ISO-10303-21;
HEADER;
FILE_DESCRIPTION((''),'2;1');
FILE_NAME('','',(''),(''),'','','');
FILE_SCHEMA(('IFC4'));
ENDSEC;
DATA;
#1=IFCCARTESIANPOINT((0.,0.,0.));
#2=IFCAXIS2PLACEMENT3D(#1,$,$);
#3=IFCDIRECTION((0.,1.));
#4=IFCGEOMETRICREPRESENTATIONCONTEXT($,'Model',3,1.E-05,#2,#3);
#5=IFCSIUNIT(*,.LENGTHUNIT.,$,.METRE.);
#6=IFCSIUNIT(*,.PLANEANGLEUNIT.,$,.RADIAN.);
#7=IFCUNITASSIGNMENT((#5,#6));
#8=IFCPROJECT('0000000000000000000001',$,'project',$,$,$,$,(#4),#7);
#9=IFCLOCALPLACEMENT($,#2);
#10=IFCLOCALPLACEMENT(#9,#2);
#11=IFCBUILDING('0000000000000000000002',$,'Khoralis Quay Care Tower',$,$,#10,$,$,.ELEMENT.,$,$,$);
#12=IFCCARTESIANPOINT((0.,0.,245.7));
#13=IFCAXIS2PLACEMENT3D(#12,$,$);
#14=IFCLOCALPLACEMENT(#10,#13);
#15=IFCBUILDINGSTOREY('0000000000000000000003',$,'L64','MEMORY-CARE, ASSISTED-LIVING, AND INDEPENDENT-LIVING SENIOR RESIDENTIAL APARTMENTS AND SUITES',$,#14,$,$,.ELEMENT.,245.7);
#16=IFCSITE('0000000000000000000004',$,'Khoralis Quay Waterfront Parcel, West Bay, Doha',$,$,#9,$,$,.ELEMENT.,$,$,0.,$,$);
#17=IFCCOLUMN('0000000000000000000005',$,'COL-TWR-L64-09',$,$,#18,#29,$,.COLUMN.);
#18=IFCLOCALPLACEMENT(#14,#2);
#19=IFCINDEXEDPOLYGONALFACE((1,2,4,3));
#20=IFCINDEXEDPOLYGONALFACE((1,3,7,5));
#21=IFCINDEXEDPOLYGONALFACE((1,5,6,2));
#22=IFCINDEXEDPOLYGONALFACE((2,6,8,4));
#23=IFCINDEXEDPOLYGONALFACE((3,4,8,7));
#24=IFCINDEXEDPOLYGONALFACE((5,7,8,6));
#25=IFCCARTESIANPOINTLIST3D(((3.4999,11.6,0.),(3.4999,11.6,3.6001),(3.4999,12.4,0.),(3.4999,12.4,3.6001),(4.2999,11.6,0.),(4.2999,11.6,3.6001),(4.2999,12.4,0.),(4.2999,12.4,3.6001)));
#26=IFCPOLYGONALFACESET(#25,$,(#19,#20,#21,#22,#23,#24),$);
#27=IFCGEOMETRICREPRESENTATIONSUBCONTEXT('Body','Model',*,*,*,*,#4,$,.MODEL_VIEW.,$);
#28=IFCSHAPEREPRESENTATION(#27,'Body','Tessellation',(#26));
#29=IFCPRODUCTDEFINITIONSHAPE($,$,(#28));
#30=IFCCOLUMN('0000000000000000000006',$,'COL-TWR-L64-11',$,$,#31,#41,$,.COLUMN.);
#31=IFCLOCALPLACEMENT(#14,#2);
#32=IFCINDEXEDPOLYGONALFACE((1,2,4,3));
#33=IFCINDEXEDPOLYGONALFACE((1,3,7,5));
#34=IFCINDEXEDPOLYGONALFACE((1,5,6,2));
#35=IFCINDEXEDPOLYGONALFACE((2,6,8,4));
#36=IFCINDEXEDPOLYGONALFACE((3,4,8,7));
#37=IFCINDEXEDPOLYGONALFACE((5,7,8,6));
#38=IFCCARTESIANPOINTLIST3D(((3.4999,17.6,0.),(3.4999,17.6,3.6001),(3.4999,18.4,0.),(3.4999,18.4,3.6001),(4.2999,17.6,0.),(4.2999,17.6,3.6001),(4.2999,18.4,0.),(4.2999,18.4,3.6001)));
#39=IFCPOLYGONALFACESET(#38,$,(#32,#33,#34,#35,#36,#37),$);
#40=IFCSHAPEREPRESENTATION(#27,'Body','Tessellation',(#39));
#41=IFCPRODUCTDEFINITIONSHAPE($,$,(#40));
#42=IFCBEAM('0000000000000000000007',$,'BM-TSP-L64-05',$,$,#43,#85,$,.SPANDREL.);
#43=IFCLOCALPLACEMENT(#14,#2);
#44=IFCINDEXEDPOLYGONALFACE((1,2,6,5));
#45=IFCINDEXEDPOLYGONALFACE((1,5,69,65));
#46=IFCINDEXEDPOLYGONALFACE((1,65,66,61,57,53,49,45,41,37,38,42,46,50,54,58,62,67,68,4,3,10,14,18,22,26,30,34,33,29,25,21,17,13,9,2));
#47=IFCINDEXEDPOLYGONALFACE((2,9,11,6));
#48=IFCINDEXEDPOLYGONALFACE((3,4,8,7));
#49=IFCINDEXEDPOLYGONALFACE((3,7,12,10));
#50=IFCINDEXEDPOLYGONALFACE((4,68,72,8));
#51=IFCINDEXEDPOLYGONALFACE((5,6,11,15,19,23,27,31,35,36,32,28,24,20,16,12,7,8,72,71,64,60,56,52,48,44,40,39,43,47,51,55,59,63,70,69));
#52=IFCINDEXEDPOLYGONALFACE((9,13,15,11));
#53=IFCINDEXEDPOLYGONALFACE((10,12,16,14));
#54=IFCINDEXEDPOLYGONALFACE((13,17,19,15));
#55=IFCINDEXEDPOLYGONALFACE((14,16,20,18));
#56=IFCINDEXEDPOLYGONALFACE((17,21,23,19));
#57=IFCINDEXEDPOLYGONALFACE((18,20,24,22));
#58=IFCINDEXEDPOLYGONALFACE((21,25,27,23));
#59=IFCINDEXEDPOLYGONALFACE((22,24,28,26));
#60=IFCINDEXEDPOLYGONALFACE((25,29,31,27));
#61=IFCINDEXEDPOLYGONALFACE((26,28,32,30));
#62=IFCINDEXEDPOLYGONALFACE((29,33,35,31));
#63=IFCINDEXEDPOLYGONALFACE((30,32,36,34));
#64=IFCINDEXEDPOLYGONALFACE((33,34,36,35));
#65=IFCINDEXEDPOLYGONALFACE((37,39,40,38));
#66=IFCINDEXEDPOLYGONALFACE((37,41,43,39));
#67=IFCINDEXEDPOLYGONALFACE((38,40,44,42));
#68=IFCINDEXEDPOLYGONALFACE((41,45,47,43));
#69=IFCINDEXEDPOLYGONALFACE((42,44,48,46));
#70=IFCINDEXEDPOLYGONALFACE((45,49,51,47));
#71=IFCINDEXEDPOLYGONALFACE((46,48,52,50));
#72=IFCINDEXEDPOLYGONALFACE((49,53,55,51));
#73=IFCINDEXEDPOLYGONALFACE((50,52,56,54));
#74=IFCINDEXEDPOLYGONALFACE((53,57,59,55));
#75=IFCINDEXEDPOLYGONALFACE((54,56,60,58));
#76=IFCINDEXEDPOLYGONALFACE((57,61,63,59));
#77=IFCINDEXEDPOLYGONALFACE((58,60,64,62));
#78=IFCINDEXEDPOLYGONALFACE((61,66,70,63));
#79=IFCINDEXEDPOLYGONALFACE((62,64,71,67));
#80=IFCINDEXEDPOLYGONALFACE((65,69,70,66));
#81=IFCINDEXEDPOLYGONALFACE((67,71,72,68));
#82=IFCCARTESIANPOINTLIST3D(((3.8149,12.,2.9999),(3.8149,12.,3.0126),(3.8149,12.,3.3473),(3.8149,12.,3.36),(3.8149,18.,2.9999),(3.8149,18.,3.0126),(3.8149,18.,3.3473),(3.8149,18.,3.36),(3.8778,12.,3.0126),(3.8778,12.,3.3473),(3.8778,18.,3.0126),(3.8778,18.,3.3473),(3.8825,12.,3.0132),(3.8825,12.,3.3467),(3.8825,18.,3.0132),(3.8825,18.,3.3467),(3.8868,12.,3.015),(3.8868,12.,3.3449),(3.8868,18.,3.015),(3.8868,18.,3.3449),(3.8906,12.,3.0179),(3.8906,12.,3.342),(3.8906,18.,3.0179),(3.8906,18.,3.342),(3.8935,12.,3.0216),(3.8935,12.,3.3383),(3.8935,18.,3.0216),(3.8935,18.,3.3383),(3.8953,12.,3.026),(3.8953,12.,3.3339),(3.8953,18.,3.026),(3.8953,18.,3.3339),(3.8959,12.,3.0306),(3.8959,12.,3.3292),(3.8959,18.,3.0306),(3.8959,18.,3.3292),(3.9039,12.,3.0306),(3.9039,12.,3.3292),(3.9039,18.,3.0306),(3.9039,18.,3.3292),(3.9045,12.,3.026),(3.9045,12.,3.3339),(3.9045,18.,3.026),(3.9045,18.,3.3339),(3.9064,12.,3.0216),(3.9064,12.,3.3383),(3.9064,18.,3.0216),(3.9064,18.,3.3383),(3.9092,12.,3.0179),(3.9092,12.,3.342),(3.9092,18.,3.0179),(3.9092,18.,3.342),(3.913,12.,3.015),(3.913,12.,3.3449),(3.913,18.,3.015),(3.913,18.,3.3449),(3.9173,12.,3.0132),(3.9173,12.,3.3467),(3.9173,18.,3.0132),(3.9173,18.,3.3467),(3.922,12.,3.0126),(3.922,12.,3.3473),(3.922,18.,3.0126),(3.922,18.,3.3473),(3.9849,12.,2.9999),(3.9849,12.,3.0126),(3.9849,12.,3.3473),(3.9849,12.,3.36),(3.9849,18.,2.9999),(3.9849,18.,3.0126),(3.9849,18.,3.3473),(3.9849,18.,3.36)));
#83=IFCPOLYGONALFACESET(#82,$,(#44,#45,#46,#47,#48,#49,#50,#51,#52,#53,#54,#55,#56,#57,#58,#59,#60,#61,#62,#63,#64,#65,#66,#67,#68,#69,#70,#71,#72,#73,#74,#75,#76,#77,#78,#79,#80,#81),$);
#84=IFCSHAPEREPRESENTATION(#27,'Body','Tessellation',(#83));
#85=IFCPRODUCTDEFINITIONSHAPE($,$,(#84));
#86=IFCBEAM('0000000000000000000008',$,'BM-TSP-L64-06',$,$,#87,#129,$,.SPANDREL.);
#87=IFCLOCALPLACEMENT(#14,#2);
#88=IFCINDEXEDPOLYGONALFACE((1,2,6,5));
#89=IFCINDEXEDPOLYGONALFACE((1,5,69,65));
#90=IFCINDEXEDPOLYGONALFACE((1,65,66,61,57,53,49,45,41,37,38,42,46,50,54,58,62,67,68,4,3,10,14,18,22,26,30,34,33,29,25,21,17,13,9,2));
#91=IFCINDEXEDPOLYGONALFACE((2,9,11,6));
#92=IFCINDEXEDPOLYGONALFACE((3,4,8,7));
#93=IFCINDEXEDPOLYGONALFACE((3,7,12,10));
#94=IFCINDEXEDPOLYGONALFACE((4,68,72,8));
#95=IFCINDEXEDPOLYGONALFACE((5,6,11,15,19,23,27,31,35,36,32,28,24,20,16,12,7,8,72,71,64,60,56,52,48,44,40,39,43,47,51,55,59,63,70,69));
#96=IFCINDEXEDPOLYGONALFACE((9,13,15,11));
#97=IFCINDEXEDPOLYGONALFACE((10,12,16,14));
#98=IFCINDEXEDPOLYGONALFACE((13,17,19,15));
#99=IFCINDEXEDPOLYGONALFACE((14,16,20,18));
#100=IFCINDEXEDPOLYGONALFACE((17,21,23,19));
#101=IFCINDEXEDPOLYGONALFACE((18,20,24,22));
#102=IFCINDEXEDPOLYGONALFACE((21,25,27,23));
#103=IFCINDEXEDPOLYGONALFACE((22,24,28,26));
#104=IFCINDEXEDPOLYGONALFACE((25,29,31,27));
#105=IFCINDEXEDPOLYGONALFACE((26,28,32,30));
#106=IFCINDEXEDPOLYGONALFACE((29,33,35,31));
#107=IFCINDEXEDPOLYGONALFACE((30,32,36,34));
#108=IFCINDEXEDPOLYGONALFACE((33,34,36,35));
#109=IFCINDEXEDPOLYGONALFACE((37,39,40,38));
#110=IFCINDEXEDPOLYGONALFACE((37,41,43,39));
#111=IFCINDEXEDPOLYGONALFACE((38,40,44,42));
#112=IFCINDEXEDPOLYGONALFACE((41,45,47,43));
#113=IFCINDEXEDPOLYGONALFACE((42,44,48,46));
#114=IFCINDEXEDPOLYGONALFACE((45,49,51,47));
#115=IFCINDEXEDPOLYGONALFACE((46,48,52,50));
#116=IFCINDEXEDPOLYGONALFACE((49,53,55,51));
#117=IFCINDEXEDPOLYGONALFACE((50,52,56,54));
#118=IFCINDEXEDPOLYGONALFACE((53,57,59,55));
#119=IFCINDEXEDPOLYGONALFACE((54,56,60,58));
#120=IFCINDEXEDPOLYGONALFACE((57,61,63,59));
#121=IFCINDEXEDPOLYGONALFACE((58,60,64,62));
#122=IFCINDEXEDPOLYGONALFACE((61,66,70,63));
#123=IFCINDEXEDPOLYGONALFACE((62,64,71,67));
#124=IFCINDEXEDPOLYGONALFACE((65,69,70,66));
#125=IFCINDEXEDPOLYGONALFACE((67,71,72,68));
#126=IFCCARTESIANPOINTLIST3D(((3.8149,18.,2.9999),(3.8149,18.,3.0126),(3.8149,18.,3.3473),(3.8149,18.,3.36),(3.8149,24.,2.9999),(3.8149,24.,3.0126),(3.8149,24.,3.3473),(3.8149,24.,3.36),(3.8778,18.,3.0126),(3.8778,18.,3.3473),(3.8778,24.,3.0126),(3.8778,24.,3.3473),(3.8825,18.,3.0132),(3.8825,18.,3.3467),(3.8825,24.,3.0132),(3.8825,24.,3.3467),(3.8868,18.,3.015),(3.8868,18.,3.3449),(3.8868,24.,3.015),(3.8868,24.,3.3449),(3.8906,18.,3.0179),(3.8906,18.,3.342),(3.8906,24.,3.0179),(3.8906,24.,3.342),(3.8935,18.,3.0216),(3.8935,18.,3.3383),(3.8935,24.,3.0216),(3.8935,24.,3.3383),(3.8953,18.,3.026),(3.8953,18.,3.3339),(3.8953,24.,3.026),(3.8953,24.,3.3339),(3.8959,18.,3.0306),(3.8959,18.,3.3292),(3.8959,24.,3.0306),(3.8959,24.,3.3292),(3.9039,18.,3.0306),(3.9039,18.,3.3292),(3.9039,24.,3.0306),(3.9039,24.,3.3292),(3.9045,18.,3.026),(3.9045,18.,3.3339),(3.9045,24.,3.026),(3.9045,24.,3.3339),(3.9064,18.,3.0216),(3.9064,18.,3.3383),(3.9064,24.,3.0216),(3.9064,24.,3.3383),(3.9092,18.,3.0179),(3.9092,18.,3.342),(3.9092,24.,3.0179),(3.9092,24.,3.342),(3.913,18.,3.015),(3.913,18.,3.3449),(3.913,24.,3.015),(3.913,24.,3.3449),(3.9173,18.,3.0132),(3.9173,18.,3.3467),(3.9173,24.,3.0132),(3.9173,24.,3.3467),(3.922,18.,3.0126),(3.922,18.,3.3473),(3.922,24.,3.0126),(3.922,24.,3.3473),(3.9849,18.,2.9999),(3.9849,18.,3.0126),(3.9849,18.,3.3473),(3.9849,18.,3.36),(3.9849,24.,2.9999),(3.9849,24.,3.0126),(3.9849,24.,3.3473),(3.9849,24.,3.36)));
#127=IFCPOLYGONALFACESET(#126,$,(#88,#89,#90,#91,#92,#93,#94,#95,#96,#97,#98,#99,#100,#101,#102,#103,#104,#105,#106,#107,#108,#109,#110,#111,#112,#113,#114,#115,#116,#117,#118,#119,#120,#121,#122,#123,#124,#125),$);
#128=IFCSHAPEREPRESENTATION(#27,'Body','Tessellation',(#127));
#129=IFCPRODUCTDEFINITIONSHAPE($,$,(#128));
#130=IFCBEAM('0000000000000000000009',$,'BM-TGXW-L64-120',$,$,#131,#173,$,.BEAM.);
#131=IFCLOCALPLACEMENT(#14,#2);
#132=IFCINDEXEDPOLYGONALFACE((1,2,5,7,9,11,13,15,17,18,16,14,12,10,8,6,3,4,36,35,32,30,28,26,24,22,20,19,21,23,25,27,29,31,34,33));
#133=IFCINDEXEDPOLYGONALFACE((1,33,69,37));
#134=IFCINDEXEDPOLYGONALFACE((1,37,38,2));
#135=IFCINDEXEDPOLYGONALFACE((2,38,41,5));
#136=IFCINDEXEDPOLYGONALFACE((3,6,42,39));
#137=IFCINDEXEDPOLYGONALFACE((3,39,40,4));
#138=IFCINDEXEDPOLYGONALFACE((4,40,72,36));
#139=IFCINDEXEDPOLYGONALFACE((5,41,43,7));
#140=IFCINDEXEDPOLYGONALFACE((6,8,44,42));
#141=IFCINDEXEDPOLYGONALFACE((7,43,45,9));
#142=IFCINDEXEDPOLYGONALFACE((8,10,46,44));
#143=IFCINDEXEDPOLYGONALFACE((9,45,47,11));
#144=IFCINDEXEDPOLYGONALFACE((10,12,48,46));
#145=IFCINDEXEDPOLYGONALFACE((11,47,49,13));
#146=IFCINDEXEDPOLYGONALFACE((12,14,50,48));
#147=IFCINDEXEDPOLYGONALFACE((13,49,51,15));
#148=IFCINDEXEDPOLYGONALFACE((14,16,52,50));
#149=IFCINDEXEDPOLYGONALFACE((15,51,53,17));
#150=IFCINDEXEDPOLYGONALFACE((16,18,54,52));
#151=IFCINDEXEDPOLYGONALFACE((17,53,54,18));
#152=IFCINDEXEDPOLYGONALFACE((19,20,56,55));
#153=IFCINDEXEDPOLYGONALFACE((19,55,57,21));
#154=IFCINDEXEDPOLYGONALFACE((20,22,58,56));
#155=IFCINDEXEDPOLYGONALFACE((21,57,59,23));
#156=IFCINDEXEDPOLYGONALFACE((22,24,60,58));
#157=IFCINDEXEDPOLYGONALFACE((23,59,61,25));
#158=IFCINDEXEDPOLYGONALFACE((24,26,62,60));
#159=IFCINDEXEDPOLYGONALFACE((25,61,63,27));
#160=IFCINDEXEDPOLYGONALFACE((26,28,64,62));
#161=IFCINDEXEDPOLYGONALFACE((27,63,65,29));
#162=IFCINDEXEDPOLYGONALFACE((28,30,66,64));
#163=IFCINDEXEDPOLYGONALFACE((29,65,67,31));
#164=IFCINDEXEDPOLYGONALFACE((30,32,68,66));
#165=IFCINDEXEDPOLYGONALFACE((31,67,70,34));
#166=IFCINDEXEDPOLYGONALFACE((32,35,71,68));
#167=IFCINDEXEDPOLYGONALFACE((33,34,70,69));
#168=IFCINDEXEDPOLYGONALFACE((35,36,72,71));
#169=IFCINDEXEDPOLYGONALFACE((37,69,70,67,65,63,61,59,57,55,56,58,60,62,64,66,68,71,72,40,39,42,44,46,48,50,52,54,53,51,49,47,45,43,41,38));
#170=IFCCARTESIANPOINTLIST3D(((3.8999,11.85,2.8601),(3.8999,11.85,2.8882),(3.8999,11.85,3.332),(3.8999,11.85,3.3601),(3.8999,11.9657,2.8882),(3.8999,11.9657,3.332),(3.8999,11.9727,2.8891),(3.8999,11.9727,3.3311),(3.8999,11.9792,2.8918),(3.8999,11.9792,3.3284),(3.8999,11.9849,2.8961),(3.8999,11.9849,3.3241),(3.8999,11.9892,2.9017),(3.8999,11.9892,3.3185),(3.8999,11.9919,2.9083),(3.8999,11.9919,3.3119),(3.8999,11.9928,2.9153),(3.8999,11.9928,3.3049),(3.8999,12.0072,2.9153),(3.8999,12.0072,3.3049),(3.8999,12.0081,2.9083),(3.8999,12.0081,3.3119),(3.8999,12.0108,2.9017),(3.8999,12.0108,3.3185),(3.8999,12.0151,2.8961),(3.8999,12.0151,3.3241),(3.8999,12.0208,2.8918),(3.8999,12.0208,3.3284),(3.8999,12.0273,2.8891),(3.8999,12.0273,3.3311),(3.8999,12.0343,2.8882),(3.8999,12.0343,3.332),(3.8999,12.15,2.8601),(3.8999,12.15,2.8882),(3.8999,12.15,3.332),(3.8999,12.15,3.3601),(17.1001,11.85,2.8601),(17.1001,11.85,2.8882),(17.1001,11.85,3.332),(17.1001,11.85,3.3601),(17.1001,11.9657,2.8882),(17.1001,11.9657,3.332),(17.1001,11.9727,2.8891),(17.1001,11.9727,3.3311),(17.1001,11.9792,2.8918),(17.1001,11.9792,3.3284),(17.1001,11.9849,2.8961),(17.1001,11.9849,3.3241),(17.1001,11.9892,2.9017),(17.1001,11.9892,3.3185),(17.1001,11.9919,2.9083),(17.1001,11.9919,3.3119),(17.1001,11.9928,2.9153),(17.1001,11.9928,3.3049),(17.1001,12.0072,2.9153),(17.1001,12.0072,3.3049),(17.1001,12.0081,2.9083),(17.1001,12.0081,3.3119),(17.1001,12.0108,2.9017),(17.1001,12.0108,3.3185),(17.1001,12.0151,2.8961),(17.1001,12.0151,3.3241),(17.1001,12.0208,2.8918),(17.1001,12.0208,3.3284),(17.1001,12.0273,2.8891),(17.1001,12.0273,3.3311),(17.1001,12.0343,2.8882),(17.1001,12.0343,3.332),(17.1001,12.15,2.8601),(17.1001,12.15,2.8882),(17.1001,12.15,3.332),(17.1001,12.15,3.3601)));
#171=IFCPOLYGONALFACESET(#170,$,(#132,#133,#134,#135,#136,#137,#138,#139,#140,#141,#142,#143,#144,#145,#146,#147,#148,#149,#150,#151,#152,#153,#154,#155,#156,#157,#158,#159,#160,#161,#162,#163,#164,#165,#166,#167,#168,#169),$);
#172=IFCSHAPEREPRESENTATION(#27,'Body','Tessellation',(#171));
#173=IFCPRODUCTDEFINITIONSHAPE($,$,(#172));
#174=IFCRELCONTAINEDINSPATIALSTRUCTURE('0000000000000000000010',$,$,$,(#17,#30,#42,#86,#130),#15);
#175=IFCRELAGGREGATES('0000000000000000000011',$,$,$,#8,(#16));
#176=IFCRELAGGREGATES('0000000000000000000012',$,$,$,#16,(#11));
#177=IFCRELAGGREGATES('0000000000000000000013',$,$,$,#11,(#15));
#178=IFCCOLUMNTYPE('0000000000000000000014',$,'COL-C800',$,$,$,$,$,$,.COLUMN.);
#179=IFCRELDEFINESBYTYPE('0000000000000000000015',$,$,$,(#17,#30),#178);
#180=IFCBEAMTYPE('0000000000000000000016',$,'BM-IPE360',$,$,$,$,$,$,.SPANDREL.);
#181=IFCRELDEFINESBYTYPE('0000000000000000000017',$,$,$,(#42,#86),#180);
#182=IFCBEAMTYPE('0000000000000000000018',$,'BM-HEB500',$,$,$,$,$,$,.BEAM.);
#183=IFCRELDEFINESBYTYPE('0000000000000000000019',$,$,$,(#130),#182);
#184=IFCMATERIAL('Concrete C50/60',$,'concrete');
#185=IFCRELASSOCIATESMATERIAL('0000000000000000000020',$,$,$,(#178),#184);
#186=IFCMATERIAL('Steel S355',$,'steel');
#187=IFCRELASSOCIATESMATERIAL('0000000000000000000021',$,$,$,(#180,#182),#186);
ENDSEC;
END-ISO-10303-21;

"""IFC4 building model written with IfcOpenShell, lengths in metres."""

from ifc_helpers import new_model, si_unit, direction, frame, origin, origin_2d, place, context, subcontext, project, spatial, rectangle, i_section, extrude, source, transform, mapped, material, material_profile, profile_set, type_object, element, save


model = new_model("IFC4")

# Units and contexts
model_context = context("Model", 3, precision=1e-05, world=origin(), true_north=direction((0.0, 1.0)))
body_context = subcontext(model_context, "Body", "Model", "MODEL_VIEW")
ifc_project = project(units=[si_unit("LENGTHUNIT", "METRE"), si_unit("PLANEANGLEUNIT", "RADIAN")], contexts=[model_context])

# Site, building, storey
site_placement = place(None, origin())
site = spatial("IfcSite", under=ifc_project, at=site_placement, Name="Khoralis Quay Waterfront Parcel, West Bay, Doha", CompositionType="ELEMENT", RefElevation=0.0)
building_placement = place(site_placement, origin())
building = spatial("IfcBuilding", under=site, at=building_placement, Name="Khoralis Quay Care Tower", CompositionType="ELEMENT")
storey_placement = place(building_placement, frame((0.0, 0.0, 245.7)))
storey = spatial("IfcBuildingStorey", under=building, at=storey_placement, Name="L64", Description="MEMORY-CARE, ASSISTED-LIVING, AND INDEPENDENT-LIVING SENIOR RESIDENTIAL APARTMENTS AND SUITES", CompositionType="ELEMENT", Elevation=245.7)

# Columns
ifc_material_1 = material(Name="Concrete C50/60", Category="concrete")
ifc_material_profile_1 = material_profile(ifc_material_1, rectangle(XDim=0.8, YDim=0.8, at=origin_2d()), Name="Concrete C50/60")
ifc_profile_set_1 = profile_set([ifc_material_profile_1], Name="Concrete C50/60")
column_type = type_object("IfcColumnType", Name="COL-C800", PredefinedType="COLUMN", material=ifc_profile_set_1)
shared_shape_1 = source(origin(), body_context, "Body", "SweptSolid", [
    extrude(rectangle(XDim=0.8, YDim=0.8, at=origin_2d()), origin(), (0.0, 0.0, 1.0), 3.6001),
])
for number, where, z_axis, x_axis, name in (
    (1, (3.8999, 12.0, 0.0), (0.0, 0.0, 1.0), (1.0, 0.0, 0.0), "COL-TWR-L64-09"),
    (2, (3.8999, 18.0, 0.0), (0.0, 0.0, 1.0), (1.0, 0.0, 0.0), "COL-TWR-L64-11"),
):
    element("IfcColumn", number, at=place(storey_placement, frame(where, z_axis=z_axis, x_axis=x_axis)), inside=storey, type_object=column_type, Name=name, PredefinedType="COLUMN", context=body_context, shape_type="MappedRepresentation", body=[
        mapped(shared_shape_1, transform((0.0, 0.0, 0.0), scale=1.0)),
    ])

# Beams
ifc_material_2 = material(Name="Steel S355", Category="steel")
ifc_material_profile_2 = material_profile(ifc_material_2, i_section(OverallWidth=0.1699, OverallDepth=0.3601, WebThickness=0.0081, FlangeThickness=0.0127, FilletRadius=0.0181, at=origin_2d()), Name="Steel S355")
ifc_profile_set_2 = profile_set([ifc_material_profile_2], Name="Steel S355")
beam_type_1 = type_object("IfcBeamType", Name="BM-IPE360", PredefinedType="SPANDREL", material=ifc_profile_set_2)
shared_shape_2 = source(origin(), body_context, "Body", "SweptSolid", [
    extrude(i_section(OverallWidth=0.1699, OverallDepth=0.3601, WebThickness=0.0081, FlangeThickness=0.0127, FilletRadius=0.0181, at=origin_2d()), origin(), (0.0, 0.0, 1.0), 6.0),
])
for number, where, z_axis, x_axis, name in (
    (3, (3.8999, 12.0, 3.1799), (0.0, 1.0, 0.0), (-1.0, 0.0, 0.0), "BM-TSP-L64-05"),
    (4, (3.8999, 18.0, 3.1799), (0.0, 1.0, 0.0), (-1.0, 0.0, 0.0), "BM-TSP-L64-06"),
):
    element("IfcBeam", number, at=place(storey_placement, frame(where, z_axis=z_axis, x_axis=x_axis)), inside=storey, type_object=beam_type_1, Name=name, PredefinedType="SPANDREL", context=body_context, shape_type="MappedRepresentation", body=[
        mapped(shared_shape_2, transform((0.0, 0.0, 0.0), scale=1.0)),
    ])
ifc_material_profile_3 = material_profile(ifc_material_2, i_section(OverallWidth=0.3, OverallDepth=0.5, WebThickness=0.0144, FlangeThickness=0.0281, FilletRadius=0.0271, at=origin_2d()), Name="Steel S355")
ifc_profile_set_3 = profile_set([ifc_material_profile_3], Name="Steel S355")
beam_type_2 = type_object("IfcBeamType", Name="BM-HEB500", PredefinedType="BEAM", material=ifc_profile_set_3)
shared_shape_3 = source(origin(), body_context, "Body", "SweptSolid", [
    extrude(i_section(OverallWidth=0.3, OverallDepth=0.5, WebThickness=0.0144, FlangeThickness=0.0281, FilletRadius=0.0271, at=origin_2d()), origin(), (0.0, 0.0, 1.0), 13.2002),
])
beam_1_placement = place(storey_placement, frame((3.8999, 12.0, 3.1101), z_axis=(1.0, 0.0, 0.0), x_axis=(0.0, 1.0, 0.0)))
element("IfcBeam", 5, at=beam_1_placement, inside=storey, type_object=beam_type_2, Name="BM-TGXW-L64-120", PredefinedType="BEAM", context=body_context, shape_type="MappedRepresentation", body=[
    mapped(shared_shape_3, transform((0.0, 0.0, 0.0), scale=1.0)),
])

save(model, "model.ifc")
